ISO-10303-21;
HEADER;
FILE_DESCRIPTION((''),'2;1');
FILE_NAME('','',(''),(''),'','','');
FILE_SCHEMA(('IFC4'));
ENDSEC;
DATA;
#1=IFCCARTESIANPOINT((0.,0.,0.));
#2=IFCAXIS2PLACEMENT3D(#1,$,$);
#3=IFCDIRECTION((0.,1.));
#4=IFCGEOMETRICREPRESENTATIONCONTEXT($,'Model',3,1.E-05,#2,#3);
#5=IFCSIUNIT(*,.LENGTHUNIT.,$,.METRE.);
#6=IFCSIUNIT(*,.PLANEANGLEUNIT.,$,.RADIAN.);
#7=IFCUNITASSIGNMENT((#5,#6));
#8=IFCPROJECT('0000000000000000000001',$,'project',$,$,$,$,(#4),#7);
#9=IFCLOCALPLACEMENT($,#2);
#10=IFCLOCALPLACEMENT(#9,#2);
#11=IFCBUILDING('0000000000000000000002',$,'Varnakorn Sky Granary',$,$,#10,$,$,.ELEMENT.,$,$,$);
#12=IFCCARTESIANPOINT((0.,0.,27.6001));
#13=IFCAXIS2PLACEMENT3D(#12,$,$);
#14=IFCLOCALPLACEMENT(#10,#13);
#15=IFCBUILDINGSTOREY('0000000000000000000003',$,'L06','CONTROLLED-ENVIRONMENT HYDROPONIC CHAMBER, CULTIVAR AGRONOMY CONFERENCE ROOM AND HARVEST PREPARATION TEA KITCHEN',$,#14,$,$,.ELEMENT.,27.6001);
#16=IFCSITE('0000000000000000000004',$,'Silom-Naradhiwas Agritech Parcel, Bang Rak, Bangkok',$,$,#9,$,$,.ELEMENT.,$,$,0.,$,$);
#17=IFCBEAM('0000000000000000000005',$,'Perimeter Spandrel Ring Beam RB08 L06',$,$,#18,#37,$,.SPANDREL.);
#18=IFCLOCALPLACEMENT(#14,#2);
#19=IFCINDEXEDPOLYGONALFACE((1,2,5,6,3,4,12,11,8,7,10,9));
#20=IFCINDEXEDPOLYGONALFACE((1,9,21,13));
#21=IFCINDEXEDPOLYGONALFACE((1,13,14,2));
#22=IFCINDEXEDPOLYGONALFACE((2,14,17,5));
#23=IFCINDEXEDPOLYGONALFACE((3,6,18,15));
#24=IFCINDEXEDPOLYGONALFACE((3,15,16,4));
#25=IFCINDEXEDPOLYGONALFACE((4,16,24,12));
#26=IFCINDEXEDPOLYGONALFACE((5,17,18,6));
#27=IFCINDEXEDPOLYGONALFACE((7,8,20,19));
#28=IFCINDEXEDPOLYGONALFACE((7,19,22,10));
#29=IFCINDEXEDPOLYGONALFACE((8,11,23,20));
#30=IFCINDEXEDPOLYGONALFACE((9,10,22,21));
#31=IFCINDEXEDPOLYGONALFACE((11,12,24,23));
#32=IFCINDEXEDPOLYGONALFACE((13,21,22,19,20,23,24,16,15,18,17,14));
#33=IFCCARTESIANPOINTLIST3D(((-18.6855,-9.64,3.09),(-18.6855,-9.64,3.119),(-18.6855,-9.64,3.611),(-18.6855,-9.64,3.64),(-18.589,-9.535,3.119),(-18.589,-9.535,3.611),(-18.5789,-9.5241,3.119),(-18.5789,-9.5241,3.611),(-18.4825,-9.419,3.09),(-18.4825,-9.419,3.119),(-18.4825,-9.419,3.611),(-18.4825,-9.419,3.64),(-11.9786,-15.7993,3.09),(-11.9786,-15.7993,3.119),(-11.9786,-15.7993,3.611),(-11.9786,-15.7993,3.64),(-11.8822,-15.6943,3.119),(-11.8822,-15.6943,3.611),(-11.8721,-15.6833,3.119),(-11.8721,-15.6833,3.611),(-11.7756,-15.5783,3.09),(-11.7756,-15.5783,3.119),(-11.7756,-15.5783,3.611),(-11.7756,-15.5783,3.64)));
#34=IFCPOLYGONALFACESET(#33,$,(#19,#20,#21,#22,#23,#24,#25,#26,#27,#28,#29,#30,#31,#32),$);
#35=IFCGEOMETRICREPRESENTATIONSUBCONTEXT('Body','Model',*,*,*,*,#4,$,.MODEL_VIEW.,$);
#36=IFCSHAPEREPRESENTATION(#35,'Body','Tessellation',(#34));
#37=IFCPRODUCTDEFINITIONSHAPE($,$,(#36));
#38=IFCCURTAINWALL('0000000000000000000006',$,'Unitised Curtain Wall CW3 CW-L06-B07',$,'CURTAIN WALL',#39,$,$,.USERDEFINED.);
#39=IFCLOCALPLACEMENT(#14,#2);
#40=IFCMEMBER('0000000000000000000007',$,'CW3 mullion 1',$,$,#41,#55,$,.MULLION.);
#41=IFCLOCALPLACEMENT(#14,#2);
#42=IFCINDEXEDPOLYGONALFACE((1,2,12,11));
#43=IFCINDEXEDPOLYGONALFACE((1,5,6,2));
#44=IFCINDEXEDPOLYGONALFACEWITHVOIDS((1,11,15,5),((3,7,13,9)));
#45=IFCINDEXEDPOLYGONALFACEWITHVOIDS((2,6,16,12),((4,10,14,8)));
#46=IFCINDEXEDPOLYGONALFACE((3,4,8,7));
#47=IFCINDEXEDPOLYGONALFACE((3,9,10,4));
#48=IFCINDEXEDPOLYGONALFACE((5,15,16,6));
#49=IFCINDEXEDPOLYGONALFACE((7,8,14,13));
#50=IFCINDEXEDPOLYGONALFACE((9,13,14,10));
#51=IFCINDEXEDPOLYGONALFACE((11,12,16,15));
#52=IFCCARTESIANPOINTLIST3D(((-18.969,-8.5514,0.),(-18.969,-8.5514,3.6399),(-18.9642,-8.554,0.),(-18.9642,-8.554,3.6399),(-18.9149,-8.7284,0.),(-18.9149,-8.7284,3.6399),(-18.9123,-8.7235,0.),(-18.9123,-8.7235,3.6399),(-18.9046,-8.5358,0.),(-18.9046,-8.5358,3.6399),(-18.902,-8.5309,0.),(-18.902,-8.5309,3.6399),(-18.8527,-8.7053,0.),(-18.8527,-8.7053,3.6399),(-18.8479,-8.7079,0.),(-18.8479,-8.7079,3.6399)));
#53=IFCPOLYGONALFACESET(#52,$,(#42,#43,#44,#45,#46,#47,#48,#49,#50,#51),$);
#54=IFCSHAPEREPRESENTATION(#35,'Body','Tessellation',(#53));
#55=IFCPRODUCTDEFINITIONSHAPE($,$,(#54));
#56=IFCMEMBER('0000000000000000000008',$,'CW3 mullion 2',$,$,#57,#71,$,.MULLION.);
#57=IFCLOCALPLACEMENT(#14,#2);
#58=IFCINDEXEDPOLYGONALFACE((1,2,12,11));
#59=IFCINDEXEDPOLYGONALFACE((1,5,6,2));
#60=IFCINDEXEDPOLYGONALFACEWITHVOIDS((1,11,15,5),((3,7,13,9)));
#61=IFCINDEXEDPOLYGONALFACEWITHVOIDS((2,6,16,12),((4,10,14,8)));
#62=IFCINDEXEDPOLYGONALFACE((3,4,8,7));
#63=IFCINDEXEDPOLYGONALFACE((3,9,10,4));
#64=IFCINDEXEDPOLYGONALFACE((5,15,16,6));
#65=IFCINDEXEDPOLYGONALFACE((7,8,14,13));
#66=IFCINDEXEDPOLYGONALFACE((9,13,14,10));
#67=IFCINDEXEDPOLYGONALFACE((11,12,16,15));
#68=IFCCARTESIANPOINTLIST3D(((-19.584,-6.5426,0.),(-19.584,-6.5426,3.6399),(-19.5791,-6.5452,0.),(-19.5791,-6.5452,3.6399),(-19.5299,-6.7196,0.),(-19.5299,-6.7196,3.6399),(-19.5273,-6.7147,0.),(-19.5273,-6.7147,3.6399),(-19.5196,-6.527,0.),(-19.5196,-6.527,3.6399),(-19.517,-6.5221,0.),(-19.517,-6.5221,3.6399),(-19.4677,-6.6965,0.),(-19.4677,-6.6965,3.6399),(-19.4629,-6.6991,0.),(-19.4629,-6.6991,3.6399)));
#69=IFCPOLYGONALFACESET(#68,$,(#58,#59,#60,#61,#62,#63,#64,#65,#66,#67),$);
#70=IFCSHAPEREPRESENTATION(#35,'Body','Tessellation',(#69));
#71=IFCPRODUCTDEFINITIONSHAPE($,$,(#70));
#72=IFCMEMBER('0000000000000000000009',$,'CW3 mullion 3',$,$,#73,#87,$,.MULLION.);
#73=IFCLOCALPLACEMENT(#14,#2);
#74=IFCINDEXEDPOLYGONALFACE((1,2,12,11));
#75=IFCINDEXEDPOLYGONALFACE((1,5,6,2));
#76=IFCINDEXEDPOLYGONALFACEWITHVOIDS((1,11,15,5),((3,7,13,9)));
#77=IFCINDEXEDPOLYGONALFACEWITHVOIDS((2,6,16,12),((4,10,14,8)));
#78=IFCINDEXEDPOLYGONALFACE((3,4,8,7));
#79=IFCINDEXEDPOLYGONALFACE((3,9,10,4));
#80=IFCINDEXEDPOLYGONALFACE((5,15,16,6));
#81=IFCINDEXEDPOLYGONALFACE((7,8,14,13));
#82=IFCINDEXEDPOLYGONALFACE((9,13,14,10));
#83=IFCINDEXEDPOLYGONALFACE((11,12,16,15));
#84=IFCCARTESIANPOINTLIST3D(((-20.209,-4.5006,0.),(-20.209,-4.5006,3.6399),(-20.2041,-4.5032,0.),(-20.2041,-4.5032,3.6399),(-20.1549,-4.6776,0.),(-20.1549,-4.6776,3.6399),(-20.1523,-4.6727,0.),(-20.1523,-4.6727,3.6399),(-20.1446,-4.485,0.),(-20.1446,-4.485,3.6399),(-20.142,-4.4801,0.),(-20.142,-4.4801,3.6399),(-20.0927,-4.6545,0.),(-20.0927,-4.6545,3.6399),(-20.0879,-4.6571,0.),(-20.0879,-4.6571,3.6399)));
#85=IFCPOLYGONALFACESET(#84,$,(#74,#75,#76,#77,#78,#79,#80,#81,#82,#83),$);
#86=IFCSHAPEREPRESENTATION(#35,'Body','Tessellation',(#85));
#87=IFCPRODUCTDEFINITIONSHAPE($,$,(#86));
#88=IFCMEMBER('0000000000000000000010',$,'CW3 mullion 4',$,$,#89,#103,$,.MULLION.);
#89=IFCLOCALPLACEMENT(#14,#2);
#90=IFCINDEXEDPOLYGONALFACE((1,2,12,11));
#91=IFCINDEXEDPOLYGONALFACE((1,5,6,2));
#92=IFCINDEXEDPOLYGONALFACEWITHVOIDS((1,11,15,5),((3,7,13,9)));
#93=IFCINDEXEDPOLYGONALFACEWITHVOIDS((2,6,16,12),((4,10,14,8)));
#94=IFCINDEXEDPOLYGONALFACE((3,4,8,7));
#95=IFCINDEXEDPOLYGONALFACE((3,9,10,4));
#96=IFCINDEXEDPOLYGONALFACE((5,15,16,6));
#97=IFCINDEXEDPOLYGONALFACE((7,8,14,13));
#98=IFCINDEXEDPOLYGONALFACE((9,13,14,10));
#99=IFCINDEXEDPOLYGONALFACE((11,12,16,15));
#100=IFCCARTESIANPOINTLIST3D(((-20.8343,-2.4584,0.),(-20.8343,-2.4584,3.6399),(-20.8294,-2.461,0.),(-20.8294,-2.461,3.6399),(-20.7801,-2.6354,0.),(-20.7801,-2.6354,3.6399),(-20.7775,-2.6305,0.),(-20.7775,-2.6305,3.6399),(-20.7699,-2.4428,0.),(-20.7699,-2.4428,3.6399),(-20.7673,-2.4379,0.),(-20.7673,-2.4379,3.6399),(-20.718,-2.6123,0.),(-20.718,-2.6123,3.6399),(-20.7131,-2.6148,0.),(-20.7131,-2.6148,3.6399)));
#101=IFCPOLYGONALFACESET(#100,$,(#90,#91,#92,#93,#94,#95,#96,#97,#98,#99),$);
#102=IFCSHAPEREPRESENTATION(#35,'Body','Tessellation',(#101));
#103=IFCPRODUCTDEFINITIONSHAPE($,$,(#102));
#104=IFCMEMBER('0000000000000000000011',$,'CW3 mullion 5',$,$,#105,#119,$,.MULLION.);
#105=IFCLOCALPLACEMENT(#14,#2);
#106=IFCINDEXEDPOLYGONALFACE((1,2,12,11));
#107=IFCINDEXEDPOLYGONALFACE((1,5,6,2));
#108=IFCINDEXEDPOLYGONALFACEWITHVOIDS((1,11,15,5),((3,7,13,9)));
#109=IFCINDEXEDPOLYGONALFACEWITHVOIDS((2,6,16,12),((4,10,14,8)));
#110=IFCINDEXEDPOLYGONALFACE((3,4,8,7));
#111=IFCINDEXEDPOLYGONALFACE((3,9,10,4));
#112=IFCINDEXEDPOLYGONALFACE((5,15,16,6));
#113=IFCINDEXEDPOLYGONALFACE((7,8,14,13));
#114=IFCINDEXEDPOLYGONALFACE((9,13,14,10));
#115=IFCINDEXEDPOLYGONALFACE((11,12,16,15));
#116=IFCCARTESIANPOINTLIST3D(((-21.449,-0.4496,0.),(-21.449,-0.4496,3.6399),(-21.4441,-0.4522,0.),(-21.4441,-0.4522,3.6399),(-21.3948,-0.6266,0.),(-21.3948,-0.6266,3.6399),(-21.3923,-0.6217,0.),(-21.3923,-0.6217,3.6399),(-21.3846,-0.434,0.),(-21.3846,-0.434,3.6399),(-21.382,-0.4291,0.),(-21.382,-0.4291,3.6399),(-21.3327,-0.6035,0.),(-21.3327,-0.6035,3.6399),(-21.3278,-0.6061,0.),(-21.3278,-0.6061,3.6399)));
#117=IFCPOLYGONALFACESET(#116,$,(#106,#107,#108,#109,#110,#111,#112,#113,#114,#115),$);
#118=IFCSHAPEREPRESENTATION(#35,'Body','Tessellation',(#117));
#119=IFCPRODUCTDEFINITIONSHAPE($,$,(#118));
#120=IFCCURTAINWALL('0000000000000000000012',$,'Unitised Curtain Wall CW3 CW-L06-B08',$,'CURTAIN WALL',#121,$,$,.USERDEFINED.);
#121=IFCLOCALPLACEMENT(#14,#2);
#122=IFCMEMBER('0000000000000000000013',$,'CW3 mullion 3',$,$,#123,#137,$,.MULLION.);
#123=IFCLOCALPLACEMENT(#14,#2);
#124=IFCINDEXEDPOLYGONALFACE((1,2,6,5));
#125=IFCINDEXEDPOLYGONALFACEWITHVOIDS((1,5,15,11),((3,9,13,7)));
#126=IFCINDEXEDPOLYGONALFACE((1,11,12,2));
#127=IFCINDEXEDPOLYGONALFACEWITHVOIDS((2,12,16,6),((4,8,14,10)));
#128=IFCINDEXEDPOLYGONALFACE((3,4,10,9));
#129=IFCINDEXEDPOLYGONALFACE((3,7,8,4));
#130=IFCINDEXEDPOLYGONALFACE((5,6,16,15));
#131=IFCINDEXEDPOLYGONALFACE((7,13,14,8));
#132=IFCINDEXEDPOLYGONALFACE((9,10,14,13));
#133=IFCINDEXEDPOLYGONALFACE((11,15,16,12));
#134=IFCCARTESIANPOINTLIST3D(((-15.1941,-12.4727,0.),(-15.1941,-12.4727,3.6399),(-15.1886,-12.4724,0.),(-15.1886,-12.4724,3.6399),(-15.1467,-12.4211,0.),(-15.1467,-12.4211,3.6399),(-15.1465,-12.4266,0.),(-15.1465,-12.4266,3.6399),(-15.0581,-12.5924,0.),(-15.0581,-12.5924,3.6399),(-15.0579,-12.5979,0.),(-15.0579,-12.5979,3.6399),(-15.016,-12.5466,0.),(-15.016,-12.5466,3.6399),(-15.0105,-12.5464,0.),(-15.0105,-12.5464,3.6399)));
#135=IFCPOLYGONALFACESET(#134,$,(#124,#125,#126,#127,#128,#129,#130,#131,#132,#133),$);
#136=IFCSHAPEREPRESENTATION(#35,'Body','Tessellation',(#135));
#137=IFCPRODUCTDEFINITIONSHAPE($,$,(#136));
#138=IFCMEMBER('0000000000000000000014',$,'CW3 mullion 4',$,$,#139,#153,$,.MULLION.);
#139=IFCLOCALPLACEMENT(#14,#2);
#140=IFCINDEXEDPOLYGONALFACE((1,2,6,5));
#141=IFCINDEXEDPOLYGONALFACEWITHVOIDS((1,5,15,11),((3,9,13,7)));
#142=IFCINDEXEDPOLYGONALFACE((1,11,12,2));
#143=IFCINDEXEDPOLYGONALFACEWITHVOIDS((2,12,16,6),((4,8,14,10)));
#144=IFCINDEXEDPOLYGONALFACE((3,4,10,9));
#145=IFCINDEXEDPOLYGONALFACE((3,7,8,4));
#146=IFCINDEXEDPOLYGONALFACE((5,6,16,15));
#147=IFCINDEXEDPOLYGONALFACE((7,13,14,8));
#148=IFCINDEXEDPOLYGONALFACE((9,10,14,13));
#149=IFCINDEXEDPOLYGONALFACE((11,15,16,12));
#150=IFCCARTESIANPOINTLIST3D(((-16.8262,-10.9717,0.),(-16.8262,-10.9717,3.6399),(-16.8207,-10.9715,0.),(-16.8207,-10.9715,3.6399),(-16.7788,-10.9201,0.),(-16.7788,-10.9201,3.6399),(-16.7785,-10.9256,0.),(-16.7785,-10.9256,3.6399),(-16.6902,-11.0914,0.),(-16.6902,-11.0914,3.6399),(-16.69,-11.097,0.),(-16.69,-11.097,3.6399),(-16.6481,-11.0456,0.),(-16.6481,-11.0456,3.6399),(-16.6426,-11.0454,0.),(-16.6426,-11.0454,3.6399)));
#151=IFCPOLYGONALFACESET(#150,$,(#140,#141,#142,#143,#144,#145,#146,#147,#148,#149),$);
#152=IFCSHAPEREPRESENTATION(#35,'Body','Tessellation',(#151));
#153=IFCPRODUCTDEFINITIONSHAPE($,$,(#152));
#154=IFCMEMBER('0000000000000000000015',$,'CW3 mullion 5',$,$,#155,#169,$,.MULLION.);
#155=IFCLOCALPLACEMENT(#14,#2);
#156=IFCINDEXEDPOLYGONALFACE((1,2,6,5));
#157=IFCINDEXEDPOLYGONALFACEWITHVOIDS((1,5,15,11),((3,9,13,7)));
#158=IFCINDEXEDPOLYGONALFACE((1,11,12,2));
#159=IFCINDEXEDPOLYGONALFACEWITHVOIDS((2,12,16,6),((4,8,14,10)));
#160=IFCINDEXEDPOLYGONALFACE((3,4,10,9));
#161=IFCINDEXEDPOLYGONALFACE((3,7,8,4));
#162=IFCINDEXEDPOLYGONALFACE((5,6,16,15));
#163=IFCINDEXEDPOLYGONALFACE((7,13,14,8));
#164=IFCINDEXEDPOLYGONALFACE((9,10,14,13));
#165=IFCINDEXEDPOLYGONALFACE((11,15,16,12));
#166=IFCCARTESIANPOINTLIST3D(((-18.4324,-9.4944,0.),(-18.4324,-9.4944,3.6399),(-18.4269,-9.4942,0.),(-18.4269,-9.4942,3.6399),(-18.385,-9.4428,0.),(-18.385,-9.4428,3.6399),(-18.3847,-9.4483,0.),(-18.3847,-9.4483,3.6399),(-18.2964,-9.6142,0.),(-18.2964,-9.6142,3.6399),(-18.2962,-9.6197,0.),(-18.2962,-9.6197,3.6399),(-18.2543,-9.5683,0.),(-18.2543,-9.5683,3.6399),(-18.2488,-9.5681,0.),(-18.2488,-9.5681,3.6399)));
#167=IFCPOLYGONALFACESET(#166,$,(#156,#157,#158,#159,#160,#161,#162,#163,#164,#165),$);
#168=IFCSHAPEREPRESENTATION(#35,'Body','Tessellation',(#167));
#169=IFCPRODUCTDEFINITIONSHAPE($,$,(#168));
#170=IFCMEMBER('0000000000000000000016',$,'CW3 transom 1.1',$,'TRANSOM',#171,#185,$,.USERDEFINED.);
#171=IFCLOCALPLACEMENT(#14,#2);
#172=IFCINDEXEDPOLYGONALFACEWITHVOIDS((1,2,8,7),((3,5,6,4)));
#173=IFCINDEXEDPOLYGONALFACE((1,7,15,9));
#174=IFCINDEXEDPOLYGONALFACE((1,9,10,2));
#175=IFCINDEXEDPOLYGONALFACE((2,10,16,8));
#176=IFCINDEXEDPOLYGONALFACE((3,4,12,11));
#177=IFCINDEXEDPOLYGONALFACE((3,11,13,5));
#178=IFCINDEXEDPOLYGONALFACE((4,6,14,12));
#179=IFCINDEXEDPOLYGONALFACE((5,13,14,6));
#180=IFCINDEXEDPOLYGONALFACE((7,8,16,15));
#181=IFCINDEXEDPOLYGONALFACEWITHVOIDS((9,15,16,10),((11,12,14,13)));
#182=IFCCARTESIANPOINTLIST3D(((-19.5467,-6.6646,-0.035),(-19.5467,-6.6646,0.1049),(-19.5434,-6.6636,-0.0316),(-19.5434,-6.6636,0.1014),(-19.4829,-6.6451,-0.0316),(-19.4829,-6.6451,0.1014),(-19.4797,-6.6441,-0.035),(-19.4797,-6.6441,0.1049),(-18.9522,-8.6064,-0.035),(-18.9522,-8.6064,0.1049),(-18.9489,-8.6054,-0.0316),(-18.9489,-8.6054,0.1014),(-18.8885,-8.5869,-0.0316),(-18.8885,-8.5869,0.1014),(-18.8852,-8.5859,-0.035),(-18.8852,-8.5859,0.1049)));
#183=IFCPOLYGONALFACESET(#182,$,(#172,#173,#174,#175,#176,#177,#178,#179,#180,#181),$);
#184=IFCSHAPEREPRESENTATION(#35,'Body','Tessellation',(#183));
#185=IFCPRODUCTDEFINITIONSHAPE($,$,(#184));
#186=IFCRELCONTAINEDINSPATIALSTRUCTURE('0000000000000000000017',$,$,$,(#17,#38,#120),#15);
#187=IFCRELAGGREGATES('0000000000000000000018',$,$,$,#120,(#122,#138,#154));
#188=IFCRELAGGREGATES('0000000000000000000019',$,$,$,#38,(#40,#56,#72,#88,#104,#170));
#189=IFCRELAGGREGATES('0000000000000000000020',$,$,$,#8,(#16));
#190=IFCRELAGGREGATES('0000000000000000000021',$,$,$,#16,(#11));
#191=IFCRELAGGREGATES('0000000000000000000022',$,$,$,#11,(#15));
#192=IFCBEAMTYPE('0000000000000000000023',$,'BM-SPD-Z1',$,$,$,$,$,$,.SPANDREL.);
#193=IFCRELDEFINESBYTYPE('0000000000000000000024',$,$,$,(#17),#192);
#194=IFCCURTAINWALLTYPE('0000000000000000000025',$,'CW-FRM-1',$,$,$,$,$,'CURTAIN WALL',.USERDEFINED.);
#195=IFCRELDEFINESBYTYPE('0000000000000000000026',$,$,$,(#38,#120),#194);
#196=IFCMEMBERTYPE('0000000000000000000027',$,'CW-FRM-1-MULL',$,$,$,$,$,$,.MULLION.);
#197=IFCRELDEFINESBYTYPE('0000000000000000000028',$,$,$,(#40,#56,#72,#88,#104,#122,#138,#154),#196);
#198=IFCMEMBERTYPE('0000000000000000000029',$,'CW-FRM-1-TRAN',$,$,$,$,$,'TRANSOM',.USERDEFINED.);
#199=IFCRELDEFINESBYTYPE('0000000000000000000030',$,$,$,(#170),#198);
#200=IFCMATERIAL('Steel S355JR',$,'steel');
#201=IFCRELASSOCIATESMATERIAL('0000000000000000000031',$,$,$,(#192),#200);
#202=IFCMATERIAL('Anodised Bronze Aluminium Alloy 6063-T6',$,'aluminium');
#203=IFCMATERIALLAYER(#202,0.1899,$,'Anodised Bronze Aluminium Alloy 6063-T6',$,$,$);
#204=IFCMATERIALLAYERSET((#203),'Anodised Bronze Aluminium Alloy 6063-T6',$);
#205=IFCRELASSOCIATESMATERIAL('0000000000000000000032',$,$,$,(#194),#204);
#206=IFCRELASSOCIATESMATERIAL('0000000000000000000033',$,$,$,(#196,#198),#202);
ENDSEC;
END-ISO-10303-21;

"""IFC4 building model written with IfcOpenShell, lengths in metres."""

from ifc_helpers import new_model, si_unit, direction, frame, origin, origin_2d, place, context, subcontext, project, spatial, hollow_rectangle, i_section, extrude, material, layer, layer_set, material_profile, profile_set, type_object, element, aggregate, save


model = new_model("IFC4")

# Units and contexts
model_context = context("Model", 3, precision=1e-05, world=origin(), true_north=direction((0.0, 1.0)))
body_context = subcontext(model_context, "Body", "Model", "MODEL_VIEW")
ifc_project = project(units=[si_unit("LENGTHUNIT", "METRE"), si_unit("PLANEANGLEUNIT", "RADIAN")], contexts=[model_context])

# Site, building, storey
site_placement = place(None, origin())
site = spatial("IfcSite", under=ifc_project, at=site_placement, Name="Silom-Naradhiwas Agritech Parcel, Bang Rak, Bangkok", CompositionType="ELEMENT", RefElevation=0.0)
building_placement = place(site_placement, origin())
building = spatial("IfcBuilding", under=site, at=building_placement, Name="Varnakorn Sky Granary", CompositionType="ELEMENT")
storey_placement = place(building_placement, frame((0.0, 0.0, 27.6001)))
storey = spatial("IfcBuildingStorey", under=building, at=storey_placement, Name="L06", Description="CONTROLLED-ENVIRONMENT HYDROPONIC CHAMBER, CULTIVAR AGRONOMY CONFERENCE ROOM AND HARVEST PREPARATION TEA KITCHEN", CompositionType="ELEMENT", Elevation=27.6001)

# Beam
ifc_material_1 = material(Name="Steel S355JR", Category="steel")
ifc_material_profile_1 = material_profile(ifc_material_1, i_section(OverallWidth=0.3, OverallDepth=0.55, WebThickness=0.0149, FlangeThickness=0.0291, at=origin_2d()), Name="HE 550 B")
ifc_profile_set_1 = profile_set([ifc_material_profile_1], Name="Steel S355JR")
beam_type = type_object("IfcBeamType", Name="BM-SPD-Z1", PredefinedType="SPANDREL", material=ifc_profile_set_1)
beam_1_placement = place(storey_placement, frame((-18.584, -9.5295, 3.365), z_axis=(0.736536, -0.676398, 0.0), x_axis=(0.676398, 0.736536, 0.0)))
element("IfcBeam", 1, at=beam_1_placement, inside=storey, type_object=beam_type, Name="Perimeter Spandrel Ring Beam RB08 L06", PredefinedType="SPANDREL", context=body_context, shape_type="SweptSolid", body=[
    extrude(i_section(OverallWidth=0.3, OverallDepth=0.55, WebThickness=0.0149, FlangeThickness=0.0291, at=origin_2d()), origin(), (0.0, 0.0, 1.0), 9.106),
])

# Curtain walls, members
ifc_material_2 = material(Name="Anodised Bronze Aluminium Alloy 6063-T6", Category="aluminium")
ifc_layer_1 = layer(ifc_material_2, 0.1899, Name="Anodised Bronze Aluminium Alloy 6063-T6")
ifc_layer_set_1 = layer_set([ifc_layer_1], Name="Anodised Bronze Aluminium Alloy 6063-T6")
curtain_wall_type = type_object("IfcCurtainWallType", Name="CW-FRM-1", ElementType="CURTAIN WALL", PredefinedType="USERDEFINED", material=ifc_layer_set_1)
curtain_wall_1_placement = place(storey_placement, origin())
curtain_wall_1 = element("IfcCurtainWall", 2, at=curtain_wall_1_placement, inside=storey, type_object=curtain_wall_type, Name="Unitised Curtain Wall CW3 CW-L06-B07", ObjectType="CURTAIN WALL", PredefinedType="USERDEFINED")
ifc_material_profile_2 = material_profile(ifc_material_2, hollow_rectangle(XDim=0.0701, YDim=0.1851, WallThickness=0.0039, at=origin_2d()), Name="ALU MULL 70x185")
ifc_profile_set_2 = profile_set([ifc_material_profile_2], Name="Anodised Bronze Aluminium Alloy 6063-T6")
member_type_1 = type_object("IfcMemberType", Name="CW-FRM-1-MULL", PredefinedType="MULLION", material=ifc_profile_set_2)
member_1_placement = place(storey_placement, frame((-18.9084, -8.6296, 0.0), z_axis=(0.0, 0.0, 1.0), x_axis=(-0.956204, -0.292701, 0.0)))
member_1 = element("IfcMember", 3, at=member_1_placement, type_object=member_type_1, Name="CW3 mullion 1", PredefinedType="MULLION", context=body_context, shape_type="SweptSolid", body=[
    extrude(hollow_rectangle(XDim=0.0701, YDim=0.1851, WallThickness=0.0039, at=origin_2d()), origin(), (0.0, 0.0, 1.0), 3.6399),
])
member_2_placement = place(storey_placement, frame((-19.5234, -6.6208, 0.0), z_axis=(0.0, 0.0, 1.0), x_axis=(-0.956204, -0.292701, 0.0)))
member_2 = element("IfcMember", 4, at=member_2_placement, type_object=member_type_1, Name="CW3 mullion 2", PredefinedType="MULLION", context=body_context, shape_type="SweptSolid", body=[
    extrude(hollow_rectangle(XDim=0.0701, YDim=0.1851, WallThickness=0.0039, at=origin_2d()), origin(), (0.0, 0.0, 1.0), 3.6399),
])
member_3_placement = place(storey_placement, frame((-20.1484, -4.5789, 0.0), z_axis=(0.0, 0.0, 1.0), x_axis=(-0.956204, -0.292701, 0.0)))
member_3 = element("IfcMember", 5, at=member_3_placement, type_object=member_type_1, Name="CW3 mullion 3", PredefinedType="MULLION", context=body_context, shape_type="SweptSolid", body=[
    extrude(hollow_rectangle(XDim=0.0701, YDim=0.1851, WallThickness=0.0039, at=origin_2d()), origin(), (0.0, 0.0, 1.0), 3.6399),
])
member_4_placement = place(storey_placement, frame((-20.7737, -2.5366, 0.0), z_axis=(0.0, 0.0, 1.0), x_axis=(-0.956204, -0.292701, 0.0)))
member_4 = element("IfcMember", 6, at=member_4_placement, type_object=member_type_1, Name="CW3 mullion 4", PredefinedType="MULLION", context=body_context, shape_type="SweptSolid", body=[
    extrude(hollow_rectangle(XDim=0.0701, YDim=0.1851, WallThickness=0.0039, at=origin_2d()), origin(), (0.0, 0.0, 1.0), 3.6399),
])
member_5_placement = place(storey_placement, frame((-21.3884, -0.5278, 0.0), z_axis=(0.0, 0.0, 1.0), x_axis=(-0.956204, -0.292701, 0.0)))
member_5 = element("IfcMember", 7, at=member_5_placement, type_object=member_type_1, Name="CW3 mullion 5", PredefinedType="MULLION", context=body_context, shape_type="SweptSolid", body=[
    extrude(hollow_rectangle(XDim=0.0701, YDim=0.1851, WallThickness=0.0039, at=origin_2d()), origin(), (0.0, 0.0, 1.0), 3.6399),
])
curtain_wall_2_placement = place(storey_placement, origin())
curtain_wall_2 = element("IfcCurtainWall", 8, at=curtain_wall_2_placement, inside=storey, type_object=curtain_wall_type, Name="Unitised Curtain Wall CW3 CW-L06-B08", ObjectType="CURTAIN WALL", PredefinedType="USERDEFINED")
member_6_placement = place(storey_placement, frame((-15.1023, -12.5095, 0.0), z_axis=(0.0, 0.0, 1.0), x_axis=(-0.676914, -0.736062, 0.0)))
member_6 = element("IfcMember", 9, at=member_6_placement, type_object=member_type_1, Name="CW3 mullion 3", PredefinedType="MULLION", context=body_context, shape_type="SweptSolid", body=[
    extrude(hollow_rectangle(XDim=0.0701, YDim=0.1851, WallThickness=0.0039, at=origin_2d()), origin(), (0.0, 0.0, 1.0), 3.6399),
])
member_7_placement = place(storey_placement, frame((-16.7344, -11.0085, 0.0), z_axis=(0.0, 0.0, 1.0), x_axis=(-0.676914, -0.736062, 0.0)))
member_7 = element("IfcMember", 10, at=member_7_placement, type_object=member_type_1, Name="CW3 mullion 4", PredefinedType="MULLION", context=body_context, shape_type="SweptSolid", body=[
    extrude(hollow_rectangle(XDim=0.0701, YDim=0.1851, WallThickness=0.0039, at=origin_2d()), origin(), (0.0, 0.0, 1.0), 3.6399),
])
member_8_placement = place(storey_placement, frame((-18.3406, -9.5312, 0.0), z_axis=(0.0, 0.0, 1.0), x_axis=(-0.676914, -0.736062, 0.0)))
member_8 = element("IfcMember", 11, at=member_8_placement, type_object=member_type_1, Name="CW3 mullion 5", PredefinedType="MULLION", context=body_context, shape_type="SweptSolid", body=[
    extrude(hollow_rectangle(XDim=0.0701, YDim=0.1851, WallThickness=0.0039, at=origin_2d()), origin(), (0.0, 0.0, 1.0), 3.6399),
])

# Member
ifc_material_profile_3 = material_profile(ifc_material_2, hollow_rectangle(XDim=0.0701, YDim=0.1399, WallThickness=0.0034, at=origin_2d()), Name="ALU TRAN 70x140")
ifc_profile_set_3 = profile_set([ifc_material_profile_3], Name="Anodised Bronze Aluminium Alloy 6063-T6")
member_type_2 = type_object("IfcMemberType", Name="CW-FRM-1-TRAN", ElementType="TRANSOM", PredefinedType="USERDEFINED", material=ifc_profile_set_3)
member_9_placement = place(storey_placement, frame((-18.9187, -8.5962, 0.0349), z_axis=(-0.292725, 0.956197, 0.0), x_axis=(-0.956197, -0.292725, 0.0)))
member_9 = element("IfcMember", 12, at=member_9_placement, type_object=member_type_2, Name="CW3 transom 1.1", ObjectType="TRANSOM", PredefinedType="USERDEFINED", context=body_context, shape_type="SweptSolid", body=[
    extrude(hollow_rectangle(XDim=0.0701, YDim=0.1399, WallThickness=0.0034, at=origin_2d()), origin(), (0.0, 0.0, 1.0), 2.0308),
])

aggregate(curtain_wall_2, [member_6, member_7, member_8])
aggregate(curtain_wall_1, [member_1, member_2, member_3, member_4, member_5, member_9])

save(model, "model.ifc")
